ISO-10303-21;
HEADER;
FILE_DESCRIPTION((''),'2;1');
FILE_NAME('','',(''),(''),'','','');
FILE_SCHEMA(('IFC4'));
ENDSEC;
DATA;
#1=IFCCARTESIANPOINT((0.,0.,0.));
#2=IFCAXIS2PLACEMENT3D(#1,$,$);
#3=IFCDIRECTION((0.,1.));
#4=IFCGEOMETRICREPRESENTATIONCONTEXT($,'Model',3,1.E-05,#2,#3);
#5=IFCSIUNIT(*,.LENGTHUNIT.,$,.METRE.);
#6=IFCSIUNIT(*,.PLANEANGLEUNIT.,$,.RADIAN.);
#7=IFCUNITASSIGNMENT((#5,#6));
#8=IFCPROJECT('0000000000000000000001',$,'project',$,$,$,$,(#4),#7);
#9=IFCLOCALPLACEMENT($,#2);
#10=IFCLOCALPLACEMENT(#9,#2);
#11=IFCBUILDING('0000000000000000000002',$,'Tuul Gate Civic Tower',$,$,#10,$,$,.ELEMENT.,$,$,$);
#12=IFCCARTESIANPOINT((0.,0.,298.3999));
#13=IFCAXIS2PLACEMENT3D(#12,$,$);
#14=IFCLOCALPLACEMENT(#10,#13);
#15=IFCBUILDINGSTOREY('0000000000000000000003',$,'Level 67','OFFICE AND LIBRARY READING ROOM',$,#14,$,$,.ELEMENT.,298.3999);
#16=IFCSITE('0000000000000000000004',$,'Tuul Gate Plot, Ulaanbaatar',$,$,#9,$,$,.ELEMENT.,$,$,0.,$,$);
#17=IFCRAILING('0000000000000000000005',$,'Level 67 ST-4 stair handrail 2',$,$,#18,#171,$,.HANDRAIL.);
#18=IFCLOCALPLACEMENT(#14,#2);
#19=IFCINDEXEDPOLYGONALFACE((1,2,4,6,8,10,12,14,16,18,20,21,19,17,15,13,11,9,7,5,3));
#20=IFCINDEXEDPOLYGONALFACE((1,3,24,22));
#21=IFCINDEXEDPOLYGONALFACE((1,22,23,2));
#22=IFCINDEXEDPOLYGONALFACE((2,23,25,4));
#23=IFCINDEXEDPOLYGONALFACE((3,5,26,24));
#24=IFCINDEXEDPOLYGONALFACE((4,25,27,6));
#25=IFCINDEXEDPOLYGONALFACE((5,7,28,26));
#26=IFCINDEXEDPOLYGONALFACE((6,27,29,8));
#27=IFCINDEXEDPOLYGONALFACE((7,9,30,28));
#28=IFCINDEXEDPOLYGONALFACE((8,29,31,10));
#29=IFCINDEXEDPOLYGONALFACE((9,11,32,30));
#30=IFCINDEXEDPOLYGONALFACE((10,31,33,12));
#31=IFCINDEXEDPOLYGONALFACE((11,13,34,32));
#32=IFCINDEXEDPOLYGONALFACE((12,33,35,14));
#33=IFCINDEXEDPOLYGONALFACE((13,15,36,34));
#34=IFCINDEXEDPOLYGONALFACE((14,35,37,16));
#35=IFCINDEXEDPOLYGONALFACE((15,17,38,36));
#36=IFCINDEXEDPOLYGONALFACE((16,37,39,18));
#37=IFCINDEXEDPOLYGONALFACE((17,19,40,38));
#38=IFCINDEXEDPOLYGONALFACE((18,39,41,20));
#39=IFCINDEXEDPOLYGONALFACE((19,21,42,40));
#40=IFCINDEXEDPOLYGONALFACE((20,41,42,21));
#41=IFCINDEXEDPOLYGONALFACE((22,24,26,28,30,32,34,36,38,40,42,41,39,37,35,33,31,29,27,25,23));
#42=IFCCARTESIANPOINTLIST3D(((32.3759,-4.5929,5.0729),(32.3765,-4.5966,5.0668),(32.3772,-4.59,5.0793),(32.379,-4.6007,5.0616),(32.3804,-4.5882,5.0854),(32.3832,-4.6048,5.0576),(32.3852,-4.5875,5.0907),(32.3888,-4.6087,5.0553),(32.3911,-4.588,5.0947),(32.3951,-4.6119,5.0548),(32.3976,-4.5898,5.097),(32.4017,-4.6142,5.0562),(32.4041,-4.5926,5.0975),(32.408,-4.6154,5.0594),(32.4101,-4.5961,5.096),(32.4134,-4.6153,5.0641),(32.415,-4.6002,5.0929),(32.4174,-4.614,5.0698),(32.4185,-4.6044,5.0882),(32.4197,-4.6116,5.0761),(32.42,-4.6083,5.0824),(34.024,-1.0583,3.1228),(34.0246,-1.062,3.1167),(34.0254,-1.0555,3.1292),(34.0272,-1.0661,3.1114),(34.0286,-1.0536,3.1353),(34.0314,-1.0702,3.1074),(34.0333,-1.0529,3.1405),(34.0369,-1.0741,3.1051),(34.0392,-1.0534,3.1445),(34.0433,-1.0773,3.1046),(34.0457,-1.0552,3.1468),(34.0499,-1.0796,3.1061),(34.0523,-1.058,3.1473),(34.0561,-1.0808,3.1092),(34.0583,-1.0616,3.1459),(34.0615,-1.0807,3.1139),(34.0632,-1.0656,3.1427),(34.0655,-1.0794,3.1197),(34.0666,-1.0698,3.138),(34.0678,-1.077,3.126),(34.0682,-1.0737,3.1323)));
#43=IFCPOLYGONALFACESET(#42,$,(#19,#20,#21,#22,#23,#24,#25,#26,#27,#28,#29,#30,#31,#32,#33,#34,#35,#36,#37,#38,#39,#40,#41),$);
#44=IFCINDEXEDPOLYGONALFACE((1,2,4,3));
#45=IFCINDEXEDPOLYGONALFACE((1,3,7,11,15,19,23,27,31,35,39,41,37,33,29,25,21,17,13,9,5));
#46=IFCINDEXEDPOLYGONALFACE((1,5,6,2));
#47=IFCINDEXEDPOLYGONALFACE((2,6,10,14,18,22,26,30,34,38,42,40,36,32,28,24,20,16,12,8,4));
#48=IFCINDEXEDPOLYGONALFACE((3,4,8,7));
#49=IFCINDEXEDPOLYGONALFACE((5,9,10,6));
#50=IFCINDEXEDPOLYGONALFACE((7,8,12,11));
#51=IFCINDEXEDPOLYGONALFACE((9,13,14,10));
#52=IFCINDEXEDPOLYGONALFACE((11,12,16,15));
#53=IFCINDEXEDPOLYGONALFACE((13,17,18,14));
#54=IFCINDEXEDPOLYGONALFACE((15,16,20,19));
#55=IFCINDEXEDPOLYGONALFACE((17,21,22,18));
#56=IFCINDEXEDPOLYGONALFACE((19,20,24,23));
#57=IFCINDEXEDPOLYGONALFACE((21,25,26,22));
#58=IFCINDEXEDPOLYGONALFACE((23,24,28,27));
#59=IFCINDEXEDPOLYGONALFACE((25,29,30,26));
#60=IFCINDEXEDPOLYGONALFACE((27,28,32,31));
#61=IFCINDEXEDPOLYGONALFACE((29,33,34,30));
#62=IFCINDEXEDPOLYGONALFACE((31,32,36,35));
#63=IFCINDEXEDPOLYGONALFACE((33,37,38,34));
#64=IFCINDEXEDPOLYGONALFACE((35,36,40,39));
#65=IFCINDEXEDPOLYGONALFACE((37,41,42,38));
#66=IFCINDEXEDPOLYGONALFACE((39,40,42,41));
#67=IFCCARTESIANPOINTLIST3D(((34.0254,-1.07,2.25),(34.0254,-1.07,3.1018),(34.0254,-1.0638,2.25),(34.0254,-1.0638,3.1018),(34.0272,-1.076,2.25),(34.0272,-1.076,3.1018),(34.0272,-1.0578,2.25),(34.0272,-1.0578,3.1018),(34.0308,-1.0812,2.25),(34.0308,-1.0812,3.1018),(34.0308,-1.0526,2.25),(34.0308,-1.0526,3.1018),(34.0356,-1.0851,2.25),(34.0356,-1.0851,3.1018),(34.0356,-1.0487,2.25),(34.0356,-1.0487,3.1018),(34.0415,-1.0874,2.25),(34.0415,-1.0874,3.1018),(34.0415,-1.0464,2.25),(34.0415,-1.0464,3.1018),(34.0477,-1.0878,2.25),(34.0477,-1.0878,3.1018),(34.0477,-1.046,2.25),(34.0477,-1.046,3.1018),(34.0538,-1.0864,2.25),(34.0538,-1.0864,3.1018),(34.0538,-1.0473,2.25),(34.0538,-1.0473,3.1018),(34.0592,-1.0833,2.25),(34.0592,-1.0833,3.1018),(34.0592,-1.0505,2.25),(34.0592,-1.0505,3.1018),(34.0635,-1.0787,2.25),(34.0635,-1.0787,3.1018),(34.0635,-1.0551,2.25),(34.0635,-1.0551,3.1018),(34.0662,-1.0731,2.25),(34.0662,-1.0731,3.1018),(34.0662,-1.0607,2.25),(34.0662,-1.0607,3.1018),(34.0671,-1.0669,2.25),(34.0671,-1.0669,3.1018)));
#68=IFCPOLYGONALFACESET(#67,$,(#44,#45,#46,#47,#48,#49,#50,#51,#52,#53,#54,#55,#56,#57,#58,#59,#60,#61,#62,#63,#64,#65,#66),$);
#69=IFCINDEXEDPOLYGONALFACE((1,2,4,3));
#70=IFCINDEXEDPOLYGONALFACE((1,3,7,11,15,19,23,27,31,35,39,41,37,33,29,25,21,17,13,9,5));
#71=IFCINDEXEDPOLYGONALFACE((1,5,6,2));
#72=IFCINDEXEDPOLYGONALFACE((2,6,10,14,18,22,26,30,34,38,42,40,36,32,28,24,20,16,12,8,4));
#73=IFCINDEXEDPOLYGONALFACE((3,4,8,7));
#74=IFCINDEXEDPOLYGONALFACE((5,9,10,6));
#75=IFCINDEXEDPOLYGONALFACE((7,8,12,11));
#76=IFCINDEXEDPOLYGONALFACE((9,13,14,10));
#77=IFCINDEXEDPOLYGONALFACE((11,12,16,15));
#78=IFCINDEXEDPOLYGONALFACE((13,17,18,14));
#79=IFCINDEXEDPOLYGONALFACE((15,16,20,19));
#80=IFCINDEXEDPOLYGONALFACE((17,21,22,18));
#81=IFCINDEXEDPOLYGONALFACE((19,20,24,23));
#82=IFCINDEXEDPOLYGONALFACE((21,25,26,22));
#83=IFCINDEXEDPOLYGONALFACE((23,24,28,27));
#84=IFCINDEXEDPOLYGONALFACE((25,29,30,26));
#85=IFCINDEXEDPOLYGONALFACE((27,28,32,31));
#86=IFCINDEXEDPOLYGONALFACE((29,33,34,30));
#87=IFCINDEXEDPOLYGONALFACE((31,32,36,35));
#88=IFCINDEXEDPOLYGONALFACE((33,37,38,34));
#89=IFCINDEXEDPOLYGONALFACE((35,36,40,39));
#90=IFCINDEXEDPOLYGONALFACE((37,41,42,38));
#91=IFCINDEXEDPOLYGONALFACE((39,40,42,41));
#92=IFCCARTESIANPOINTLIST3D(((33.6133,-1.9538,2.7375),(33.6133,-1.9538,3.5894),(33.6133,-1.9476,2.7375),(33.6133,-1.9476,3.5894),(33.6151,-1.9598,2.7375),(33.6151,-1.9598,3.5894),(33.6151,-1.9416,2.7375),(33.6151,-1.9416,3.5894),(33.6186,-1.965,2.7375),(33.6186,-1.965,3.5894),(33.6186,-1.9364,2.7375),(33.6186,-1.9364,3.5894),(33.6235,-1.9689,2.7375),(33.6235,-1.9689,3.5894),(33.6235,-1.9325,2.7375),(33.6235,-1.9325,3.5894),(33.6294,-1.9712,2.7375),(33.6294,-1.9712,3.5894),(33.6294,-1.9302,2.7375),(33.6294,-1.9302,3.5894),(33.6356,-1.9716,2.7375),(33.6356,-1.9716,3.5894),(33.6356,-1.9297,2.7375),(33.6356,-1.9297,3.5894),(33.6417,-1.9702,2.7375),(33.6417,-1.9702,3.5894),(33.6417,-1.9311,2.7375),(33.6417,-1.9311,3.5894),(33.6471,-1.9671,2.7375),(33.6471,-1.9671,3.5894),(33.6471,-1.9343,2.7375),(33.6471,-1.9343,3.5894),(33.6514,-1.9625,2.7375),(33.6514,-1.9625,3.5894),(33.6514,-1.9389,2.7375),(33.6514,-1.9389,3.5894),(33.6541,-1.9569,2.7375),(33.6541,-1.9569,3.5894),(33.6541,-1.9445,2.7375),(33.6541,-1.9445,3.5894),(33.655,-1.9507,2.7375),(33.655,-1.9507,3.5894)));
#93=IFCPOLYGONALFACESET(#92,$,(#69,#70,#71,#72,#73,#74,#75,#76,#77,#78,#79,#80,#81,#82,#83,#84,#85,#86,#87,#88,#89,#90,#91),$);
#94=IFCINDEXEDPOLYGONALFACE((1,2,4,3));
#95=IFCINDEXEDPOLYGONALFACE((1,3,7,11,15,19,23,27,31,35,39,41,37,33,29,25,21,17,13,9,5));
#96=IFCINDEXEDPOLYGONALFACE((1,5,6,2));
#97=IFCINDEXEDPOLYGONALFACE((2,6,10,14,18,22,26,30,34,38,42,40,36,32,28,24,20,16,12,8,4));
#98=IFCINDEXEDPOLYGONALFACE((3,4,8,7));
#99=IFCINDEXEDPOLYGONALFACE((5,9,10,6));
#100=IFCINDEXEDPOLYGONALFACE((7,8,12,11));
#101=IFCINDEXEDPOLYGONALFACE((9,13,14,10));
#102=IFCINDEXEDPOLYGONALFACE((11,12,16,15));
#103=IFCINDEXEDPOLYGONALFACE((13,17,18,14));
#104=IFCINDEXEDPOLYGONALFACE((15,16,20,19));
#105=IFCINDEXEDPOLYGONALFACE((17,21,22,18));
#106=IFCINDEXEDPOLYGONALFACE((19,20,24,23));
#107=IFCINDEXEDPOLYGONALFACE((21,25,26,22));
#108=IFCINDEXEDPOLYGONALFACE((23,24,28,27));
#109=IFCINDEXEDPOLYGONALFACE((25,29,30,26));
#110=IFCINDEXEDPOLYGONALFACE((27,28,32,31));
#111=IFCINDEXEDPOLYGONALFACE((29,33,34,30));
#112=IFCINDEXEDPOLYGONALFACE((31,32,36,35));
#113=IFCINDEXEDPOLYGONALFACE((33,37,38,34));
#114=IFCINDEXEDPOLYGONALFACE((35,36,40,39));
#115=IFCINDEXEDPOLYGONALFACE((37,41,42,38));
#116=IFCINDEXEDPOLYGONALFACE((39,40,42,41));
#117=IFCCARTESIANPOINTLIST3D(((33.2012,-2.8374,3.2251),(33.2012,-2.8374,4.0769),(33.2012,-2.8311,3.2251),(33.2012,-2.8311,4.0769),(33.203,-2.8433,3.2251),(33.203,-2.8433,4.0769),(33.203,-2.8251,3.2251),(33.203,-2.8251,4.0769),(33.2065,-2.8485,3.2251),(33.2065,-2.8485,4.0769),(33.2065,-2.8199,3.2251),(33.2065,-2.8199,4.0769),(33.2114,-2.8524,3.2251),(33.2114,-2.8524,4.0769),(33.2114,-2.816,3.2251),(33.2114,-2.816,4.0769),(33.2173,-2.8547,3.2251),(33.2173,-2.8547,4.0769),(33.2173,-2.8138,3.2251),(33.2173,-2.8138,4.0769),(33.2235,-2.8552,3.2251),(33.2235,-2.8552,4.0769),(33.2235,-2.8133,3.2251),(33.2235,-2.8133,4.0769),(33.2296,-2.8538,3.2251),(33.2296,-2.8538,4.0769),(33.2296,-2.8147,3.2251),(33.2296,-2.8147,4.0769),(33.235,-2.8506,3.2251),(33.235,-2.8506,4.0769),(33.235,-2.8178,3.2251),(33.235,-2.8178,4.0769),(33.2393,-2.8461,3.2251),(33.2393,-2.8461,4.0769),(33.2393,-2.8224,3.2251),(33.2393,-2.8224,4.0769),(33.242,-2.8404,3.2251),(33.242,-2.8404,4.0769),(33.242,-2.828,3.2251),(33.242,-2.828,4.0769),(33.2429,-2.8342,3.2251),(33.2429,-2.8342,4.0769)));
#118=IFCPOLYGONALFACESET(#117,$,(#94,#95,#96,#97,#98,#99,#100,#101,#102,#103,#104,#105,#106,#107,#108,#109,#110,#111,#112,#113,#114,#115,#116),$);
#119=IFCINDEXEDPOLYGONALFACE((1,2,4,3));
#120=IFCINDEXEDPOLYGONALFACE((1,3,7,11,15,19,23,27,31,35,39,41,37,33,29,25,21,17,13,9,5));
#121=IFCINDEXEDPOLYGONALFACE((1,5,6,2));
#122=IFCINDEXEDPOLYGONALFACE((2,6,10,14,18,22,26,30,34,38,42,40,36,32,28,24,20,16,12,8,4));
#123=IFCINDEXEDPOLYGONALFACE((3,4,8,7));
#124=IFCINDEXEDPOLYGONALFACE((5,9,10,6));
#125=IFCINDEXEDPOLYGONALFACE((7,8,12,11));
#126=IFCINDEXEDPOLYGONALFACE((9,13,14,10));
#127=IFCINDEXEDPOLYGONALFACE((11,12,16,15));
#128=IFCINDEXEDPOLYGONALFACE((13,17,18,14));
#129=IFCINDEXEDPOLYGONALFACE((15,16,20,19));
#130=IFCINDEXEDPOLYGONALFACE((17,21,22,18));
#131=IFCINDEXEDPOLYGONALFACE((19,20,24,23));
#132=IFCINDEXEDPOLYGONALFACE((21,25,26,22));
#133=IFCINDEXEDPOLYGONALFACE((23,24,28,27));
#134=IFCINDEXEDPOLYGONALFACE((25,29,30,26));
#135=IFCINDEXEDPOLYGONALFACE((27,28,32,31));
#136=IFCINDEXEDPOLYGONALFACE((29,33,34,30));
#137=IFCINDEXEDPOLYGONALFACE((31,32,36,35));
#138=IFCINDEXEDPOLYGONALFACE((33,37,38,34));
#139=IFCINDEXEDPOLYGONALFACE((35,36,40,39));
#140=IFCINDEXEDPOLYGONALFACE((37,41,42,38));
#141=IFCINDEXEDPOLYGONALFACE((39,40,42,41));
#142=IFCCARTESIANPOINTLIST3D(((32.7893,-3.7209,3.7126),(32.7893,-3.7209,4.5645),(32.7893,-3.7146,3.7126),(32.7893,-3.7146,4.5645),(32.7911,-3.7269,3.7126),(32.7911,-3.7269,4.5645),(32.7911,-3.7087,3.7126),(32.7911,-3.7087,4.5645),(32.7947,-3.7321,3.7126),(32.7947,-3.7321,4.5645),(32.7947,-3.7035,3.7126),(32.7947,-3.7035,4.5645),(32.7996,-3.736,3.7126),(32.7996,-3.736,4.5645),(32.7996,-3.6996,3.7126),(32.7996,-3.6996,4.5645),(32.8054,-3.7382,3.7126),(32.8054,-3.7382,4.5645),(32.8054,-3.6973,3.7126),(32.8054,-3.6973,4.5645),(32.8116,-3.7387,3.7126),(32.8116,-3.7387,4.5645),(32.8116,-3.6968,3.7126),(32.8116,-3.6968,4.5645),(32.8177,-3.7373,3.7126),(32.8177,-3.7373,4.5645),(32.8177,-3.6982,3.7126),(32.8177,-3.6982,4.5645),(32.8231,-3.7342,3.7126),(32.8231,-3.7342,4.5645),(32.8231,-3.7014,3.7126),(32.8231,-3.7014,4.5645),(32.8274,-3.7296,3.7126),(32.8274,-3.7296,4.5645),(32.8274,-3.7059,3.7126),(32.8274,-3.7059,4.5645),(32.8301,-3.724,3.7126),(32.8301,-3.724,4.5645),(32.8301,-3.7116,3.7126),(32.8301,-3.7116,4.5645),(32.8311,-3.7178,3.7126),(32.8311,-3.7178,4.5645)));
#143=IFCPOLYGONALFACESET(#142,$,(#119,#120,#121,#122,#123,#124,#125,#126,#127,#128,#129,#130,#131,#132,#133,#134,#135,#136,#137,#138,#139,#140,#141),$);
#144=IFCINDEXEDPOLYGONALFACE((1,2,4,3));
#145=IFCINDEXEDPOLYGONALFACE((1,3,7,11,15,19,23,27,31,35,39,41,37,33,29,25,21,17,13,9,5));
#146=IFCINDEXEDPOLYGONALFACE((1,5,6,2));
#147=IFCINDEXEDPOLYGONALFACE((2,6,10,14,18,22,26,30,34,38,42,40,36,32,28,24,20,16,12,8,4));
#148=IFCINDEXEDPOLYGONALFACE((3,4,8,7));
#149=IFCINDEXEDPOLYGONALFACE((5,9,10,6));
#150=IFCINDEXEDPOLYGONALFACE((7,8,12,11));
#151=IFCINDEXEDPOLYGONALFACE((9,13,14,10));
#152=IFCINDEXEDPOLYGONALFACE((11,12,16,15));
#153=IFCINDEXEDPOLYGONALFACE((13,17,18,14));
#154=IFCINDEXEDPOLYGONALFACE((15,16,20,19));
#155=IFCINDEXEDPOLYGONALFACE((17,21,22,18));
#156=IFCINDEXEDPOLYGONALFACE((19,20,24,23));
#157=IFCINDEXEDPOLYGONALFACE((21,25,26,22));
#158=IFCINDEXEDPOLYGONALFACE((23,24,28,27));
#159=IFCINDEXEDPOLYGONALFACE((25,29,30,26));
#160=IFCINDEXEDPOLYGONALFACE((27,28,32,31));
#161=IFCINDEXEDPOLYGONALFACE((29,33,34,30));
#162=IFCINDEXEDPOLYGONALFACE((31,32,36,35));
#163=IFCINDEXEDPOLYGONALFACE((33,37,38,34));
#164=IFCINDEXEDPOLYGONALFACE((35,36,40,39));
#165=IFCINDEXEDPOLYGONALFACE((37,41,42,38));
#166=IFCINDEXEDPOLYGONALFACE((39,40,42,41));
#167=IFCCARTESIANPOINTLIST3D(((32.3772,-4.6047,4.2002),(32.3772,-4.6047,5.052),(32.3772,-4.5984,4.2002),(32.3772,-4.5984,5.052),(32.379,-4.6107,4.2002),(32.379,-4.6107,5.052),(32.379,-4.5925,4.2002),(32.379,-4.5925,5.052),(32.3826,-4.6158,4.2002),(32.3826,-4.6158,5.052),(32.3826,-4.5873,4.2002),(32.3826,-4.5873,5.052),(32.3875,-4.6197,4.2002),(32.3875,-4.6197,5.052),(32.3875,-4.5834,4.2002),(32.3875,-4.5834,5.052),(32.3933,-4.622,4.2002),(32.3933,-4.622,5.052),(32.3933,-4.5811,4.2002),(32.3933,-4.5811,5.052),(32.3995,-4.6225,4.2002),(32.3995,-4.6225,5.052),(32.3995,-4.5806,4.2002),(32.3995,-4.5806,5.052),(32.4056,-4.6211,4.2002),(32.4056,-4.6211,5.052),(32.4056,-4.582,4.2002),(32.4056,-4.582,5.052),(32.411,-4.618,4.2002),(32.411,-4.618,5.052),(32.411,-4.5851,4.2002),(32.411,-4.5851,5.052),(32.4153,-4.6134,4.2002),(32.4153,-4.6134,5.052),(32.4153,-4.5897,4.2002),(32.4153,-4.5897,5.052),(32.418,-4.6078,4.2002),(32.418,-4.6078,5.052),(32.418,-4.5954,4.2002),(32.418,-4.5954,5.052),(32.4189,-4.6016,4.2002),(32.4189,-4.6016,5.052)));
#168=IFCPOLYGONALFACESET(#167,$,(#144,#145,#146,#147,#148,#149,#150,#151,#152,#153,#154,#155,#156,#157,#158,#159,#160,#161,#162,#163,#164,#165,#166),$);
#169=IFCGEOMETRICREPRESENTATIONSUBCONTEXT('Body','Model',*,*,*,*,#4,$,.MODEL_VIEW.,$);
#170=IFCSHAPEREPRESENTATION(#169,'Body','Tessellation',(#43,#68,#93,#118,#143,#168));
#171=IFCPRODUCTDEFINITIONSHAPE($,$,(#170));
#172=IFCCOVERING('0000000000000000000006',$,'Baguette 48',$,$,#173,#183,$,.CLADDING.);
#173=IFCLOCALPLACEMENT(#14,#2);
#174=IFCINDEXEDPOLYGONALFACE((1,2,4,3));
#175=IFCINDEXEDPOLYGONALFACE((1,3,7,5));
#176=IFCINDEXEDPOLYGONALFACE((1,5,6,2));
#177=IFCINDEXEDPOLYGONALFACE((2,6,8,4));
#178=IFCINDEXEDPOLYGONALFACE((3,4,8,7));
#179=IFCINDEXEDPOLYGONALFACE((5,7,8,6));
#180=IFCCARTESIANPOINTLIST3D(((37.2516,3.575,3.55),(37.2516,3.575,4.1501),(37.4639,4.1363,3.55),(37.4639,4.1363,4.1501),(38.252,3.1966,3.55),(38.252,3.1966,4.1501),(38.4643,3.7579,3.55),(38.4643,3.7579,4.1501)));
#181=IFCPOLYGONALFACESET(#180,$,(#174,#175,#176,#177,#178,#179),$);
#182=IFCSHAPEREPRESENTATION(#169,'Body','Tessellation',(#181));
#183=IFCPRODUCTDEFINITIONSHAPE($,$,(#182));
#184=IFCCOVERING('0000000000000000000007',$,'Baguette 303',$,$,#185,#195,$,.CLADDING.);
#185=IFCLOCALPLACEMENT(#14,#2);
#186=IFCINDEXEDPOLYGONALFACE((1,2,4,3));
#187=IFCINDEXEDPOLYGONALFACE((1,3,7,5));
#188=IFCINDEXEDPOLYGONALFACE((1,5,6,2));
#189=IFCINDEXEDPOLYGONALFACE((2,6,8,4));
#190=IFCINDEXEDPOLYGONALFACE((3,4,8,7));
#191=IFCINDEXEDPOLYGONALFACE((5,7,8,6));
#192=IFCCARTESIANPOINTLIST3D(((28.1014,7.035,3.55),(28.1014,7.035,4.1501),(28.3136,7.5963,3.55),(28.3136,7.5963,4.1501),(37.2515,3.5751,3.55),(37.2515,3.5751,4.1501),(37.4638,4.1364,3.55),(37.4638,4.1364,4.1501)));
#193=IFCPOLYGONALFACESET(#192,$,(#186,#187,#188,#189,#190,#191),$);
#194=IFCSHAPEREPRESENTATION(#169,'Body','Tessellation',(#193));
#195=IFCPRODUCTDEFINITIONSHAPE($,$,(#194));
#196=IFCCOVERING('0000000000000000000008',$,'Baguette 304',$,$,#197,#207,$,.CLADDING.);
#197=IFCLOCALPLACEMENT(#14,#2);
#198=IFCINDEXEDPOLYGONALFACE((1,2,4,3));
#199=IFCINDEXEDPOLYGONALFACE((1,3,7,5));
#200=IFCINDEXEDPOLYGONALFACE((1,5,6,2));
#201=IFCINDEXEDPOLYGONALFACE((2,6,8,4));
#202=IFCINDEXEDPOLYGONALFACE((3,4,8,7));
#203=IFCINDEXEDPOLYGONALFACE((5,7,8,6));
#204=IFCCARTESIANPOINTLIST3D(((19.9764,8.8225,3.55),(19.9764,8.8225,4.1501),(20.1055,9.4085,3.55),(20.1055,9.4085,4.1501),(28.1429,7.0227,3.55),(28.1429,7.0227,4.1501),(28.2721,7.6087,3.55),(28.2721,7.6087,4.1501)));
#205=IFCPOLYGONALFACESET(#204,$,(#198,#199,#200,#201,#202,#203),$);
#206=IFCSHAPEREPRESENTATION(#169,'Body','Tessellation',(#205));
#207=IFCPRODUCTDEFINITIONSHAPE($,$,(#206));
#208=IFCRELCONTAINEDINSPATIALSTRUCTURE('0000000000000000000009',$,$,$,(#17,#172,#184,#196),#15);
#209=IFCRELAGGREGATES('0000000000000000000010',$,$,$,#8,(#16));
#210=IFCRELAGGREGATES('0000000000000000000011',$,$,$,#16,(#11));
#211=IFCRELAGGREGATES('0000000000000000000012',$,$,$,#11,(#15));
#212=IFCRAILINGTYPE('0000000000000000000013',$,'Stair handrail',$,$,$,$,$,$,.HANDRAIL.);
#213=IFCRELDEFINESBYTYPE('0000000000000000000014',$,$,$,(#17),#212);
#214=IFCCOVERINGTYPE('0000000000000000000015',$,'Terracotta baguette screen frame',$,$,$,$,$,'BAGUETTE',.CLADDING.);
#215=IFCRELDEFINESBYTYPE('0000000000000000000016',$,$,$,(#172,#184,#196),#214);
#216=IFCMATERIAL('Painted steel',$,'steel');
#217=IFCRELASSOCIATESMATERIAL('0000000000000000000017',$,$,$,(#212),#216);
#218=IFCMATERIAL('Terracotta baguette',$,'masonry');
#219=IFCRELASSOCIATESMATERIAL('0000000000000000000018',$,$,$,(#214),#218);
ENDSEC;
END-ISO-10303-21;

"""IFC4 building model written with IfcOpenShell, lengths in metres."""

from ifc_helpers import new_model, si_unit, direction, frame, origin, origin_2d, place, context, subcontext, project, spatial, rectangle, circle, extrude, material, material_profile, profile_set, type_object, element, save


model = new_model("IFC4")

# Units and contexts
model_context = context("Model", 3, precision=1e-05, world=origin(), true_north=direction((0.0, 1.0)))
body_context = subcontext(model_context, "Body", "Model", "MODEL_VIEW")
ifc_project = project(units=[si_unit("LENGTHUNIT", "METRE"), si_unit("PLANEANGLEUNIT", "RADIAN")], contexts=[model_context])

# Site, building, storey
site_placement = place(None, origin())
site = spatial("IfcSite", under=ifc_project, at=site_placement, Name="Tuul Gate Plot, Ulaanbaatar", CompositionType="ELEMENT", RefElevation=0.0)
building_placement = place(site_placement, origin())
building = spatial("IfcBuilding", under=site, at=building_placement, Name="Tuul Gate Civic Tower", CompositionType="ELEMENT")
storey_placement = place(building_placement, frame((0.0, 0.0, 298.3999)))
storey = spatial("IfcBuildingStorey", under=building, at=storey_placement, Name="Level 67", Description="OFFICE AND LIBRARY READING ROOM", CompositionType="ELEMENT", Elevation=298.3999)

# Railing
ifc_material_1 = material(Name="Painted steel", Category="steel")
railing_type_1 = type_object("IfcRailingType", Name="Stair handrail", PredefinedType="HANDRAIL", material=ifc_material_1)
railing_1_placement = place(storey_placement, frame((34.0461, -1.0669, 2.25)))
element("IfcRailing", 1, at=railing_1_placement, inside=storey, type_object=railing_type_1, Name="Level 67 ST-4 stair handrail 2", PredefinedType="HANDRAIL", context=body_context, shape_type="SweptSolid", body=[
    extrude(circle(Radius=0.0239, at=origin_2d()), frame((0.0, 0.0, 0.876), z_axis=(-0.377985, -0.810617, 0.447245), x_axis=(0.906313, -0.422608, 0.0)), (0.0, 0.0, 1.0), 4.3604),
    extrude(circle(Radius=0.021, at=origin_2d()), origin(), (0.0, 0.0, 1.0), 0.8518),
    extrude(circle(Radius=0.021, at=origin_2d()), frame((-0.4121, -0.8838, 0.4875)), (0.0, 0.0, 1.0), 0.8518),
    extrude(circle(Radius=0.021, at=origin_2d()), frame((-0.8242, -1.7673, 0.9751)), (0.0, 0.0, 1.0), 0.8518),
    extrude(circle(Radius=0.021, at=origin_2d()), frame((-1.2361, -2.6509, 1.4626)), (0.0, 0.0, 1.0), 0.8518),
    extrude(circle(Radius=0.021, at=origin_2d()), frame((-1.6482, -3.5347, 1.9502)), (0.0, 0.0, 1.0), 0.8518),
])

# Coverings
ifc_material_2 = material(Name="Terracotta baguette", Category="masonry")
ifc_material_profile_1 = material_profile(ifc_material_2, rectangle(XDim=0.6001, YDim=0.6001, at=origin_2d()), Name="Terracotta baguette screen frame")
ifc_profile_set_1 = profile_set([ifc_material_profile_1], Name="Terracotta baguette")
covering_type = type_object("IfcCoveringType", Name="Terracotta baguette screen frame", ElementType="BAGUETTE", PredefinedType="CLADDING", material=ifc_profile_set_1)
covering_1_placement = place(storey_placement, frame((38.3582, 3.4773, 3.8501), z_axis=(-0.935331, 0.353773, 0.0), x_axis=(-0.353773, -0.935331, 0.0)))
element("IfcCovering", 2, at=covering_1_placement, inside=storey, type_object=covering_type, Name="Baguette 48", PredefinedType="CLADDING", context=body_context, shape_type="SweptSolid", body=[
    extrude(rectangle(XDim=0.6001, YDim=0.6001, at=origin_2d()), origin(), (0.0, 0.0, 1.0), 1.0696),
])
covering_2_placement = place(storey_placement, frame((37.3577, 3.8557, 3.8501), z_axis=(-0.935363, 0.35369, 0.0), x_axis=(-0.35369, -0.935363, 0.0)))
element("IfcCovering", 3, at=covering_2_placement, inside=storey, type_object=covering_type, Name="Baguette 303", PredefinedType="CLADDING", context=body_context, shape_type="SweptSolid", body=[
    extrude(rectangle(XDim=0.6001, YDim=0.6001, at=origin_2d()), origin(), (0.0, 0.0, 1.0), 9.7825),
])
covering_3_placement = place(storey_placement, frame((28.2075, 7.3157, 3.8501), z_axis=(-0.976565, 0.215224, 0.0), x_axis=(-0.215224, -0.976565, 0.0)))
element("IfcCovering", 4, at=covering_3_placement, inside=storey, type_object=covering_type, Name="Baguette 304", PredefinedType="CLADDING", context=body_context, shape_type="SweptSolid", body=[
    extrude(rectangle(XDim=0.6001, YDim=0.6001, at=origin_2d()), origin(), (0.0, 0.0, 1.0), 8.3625),
])

save(model, "model.ifc")
